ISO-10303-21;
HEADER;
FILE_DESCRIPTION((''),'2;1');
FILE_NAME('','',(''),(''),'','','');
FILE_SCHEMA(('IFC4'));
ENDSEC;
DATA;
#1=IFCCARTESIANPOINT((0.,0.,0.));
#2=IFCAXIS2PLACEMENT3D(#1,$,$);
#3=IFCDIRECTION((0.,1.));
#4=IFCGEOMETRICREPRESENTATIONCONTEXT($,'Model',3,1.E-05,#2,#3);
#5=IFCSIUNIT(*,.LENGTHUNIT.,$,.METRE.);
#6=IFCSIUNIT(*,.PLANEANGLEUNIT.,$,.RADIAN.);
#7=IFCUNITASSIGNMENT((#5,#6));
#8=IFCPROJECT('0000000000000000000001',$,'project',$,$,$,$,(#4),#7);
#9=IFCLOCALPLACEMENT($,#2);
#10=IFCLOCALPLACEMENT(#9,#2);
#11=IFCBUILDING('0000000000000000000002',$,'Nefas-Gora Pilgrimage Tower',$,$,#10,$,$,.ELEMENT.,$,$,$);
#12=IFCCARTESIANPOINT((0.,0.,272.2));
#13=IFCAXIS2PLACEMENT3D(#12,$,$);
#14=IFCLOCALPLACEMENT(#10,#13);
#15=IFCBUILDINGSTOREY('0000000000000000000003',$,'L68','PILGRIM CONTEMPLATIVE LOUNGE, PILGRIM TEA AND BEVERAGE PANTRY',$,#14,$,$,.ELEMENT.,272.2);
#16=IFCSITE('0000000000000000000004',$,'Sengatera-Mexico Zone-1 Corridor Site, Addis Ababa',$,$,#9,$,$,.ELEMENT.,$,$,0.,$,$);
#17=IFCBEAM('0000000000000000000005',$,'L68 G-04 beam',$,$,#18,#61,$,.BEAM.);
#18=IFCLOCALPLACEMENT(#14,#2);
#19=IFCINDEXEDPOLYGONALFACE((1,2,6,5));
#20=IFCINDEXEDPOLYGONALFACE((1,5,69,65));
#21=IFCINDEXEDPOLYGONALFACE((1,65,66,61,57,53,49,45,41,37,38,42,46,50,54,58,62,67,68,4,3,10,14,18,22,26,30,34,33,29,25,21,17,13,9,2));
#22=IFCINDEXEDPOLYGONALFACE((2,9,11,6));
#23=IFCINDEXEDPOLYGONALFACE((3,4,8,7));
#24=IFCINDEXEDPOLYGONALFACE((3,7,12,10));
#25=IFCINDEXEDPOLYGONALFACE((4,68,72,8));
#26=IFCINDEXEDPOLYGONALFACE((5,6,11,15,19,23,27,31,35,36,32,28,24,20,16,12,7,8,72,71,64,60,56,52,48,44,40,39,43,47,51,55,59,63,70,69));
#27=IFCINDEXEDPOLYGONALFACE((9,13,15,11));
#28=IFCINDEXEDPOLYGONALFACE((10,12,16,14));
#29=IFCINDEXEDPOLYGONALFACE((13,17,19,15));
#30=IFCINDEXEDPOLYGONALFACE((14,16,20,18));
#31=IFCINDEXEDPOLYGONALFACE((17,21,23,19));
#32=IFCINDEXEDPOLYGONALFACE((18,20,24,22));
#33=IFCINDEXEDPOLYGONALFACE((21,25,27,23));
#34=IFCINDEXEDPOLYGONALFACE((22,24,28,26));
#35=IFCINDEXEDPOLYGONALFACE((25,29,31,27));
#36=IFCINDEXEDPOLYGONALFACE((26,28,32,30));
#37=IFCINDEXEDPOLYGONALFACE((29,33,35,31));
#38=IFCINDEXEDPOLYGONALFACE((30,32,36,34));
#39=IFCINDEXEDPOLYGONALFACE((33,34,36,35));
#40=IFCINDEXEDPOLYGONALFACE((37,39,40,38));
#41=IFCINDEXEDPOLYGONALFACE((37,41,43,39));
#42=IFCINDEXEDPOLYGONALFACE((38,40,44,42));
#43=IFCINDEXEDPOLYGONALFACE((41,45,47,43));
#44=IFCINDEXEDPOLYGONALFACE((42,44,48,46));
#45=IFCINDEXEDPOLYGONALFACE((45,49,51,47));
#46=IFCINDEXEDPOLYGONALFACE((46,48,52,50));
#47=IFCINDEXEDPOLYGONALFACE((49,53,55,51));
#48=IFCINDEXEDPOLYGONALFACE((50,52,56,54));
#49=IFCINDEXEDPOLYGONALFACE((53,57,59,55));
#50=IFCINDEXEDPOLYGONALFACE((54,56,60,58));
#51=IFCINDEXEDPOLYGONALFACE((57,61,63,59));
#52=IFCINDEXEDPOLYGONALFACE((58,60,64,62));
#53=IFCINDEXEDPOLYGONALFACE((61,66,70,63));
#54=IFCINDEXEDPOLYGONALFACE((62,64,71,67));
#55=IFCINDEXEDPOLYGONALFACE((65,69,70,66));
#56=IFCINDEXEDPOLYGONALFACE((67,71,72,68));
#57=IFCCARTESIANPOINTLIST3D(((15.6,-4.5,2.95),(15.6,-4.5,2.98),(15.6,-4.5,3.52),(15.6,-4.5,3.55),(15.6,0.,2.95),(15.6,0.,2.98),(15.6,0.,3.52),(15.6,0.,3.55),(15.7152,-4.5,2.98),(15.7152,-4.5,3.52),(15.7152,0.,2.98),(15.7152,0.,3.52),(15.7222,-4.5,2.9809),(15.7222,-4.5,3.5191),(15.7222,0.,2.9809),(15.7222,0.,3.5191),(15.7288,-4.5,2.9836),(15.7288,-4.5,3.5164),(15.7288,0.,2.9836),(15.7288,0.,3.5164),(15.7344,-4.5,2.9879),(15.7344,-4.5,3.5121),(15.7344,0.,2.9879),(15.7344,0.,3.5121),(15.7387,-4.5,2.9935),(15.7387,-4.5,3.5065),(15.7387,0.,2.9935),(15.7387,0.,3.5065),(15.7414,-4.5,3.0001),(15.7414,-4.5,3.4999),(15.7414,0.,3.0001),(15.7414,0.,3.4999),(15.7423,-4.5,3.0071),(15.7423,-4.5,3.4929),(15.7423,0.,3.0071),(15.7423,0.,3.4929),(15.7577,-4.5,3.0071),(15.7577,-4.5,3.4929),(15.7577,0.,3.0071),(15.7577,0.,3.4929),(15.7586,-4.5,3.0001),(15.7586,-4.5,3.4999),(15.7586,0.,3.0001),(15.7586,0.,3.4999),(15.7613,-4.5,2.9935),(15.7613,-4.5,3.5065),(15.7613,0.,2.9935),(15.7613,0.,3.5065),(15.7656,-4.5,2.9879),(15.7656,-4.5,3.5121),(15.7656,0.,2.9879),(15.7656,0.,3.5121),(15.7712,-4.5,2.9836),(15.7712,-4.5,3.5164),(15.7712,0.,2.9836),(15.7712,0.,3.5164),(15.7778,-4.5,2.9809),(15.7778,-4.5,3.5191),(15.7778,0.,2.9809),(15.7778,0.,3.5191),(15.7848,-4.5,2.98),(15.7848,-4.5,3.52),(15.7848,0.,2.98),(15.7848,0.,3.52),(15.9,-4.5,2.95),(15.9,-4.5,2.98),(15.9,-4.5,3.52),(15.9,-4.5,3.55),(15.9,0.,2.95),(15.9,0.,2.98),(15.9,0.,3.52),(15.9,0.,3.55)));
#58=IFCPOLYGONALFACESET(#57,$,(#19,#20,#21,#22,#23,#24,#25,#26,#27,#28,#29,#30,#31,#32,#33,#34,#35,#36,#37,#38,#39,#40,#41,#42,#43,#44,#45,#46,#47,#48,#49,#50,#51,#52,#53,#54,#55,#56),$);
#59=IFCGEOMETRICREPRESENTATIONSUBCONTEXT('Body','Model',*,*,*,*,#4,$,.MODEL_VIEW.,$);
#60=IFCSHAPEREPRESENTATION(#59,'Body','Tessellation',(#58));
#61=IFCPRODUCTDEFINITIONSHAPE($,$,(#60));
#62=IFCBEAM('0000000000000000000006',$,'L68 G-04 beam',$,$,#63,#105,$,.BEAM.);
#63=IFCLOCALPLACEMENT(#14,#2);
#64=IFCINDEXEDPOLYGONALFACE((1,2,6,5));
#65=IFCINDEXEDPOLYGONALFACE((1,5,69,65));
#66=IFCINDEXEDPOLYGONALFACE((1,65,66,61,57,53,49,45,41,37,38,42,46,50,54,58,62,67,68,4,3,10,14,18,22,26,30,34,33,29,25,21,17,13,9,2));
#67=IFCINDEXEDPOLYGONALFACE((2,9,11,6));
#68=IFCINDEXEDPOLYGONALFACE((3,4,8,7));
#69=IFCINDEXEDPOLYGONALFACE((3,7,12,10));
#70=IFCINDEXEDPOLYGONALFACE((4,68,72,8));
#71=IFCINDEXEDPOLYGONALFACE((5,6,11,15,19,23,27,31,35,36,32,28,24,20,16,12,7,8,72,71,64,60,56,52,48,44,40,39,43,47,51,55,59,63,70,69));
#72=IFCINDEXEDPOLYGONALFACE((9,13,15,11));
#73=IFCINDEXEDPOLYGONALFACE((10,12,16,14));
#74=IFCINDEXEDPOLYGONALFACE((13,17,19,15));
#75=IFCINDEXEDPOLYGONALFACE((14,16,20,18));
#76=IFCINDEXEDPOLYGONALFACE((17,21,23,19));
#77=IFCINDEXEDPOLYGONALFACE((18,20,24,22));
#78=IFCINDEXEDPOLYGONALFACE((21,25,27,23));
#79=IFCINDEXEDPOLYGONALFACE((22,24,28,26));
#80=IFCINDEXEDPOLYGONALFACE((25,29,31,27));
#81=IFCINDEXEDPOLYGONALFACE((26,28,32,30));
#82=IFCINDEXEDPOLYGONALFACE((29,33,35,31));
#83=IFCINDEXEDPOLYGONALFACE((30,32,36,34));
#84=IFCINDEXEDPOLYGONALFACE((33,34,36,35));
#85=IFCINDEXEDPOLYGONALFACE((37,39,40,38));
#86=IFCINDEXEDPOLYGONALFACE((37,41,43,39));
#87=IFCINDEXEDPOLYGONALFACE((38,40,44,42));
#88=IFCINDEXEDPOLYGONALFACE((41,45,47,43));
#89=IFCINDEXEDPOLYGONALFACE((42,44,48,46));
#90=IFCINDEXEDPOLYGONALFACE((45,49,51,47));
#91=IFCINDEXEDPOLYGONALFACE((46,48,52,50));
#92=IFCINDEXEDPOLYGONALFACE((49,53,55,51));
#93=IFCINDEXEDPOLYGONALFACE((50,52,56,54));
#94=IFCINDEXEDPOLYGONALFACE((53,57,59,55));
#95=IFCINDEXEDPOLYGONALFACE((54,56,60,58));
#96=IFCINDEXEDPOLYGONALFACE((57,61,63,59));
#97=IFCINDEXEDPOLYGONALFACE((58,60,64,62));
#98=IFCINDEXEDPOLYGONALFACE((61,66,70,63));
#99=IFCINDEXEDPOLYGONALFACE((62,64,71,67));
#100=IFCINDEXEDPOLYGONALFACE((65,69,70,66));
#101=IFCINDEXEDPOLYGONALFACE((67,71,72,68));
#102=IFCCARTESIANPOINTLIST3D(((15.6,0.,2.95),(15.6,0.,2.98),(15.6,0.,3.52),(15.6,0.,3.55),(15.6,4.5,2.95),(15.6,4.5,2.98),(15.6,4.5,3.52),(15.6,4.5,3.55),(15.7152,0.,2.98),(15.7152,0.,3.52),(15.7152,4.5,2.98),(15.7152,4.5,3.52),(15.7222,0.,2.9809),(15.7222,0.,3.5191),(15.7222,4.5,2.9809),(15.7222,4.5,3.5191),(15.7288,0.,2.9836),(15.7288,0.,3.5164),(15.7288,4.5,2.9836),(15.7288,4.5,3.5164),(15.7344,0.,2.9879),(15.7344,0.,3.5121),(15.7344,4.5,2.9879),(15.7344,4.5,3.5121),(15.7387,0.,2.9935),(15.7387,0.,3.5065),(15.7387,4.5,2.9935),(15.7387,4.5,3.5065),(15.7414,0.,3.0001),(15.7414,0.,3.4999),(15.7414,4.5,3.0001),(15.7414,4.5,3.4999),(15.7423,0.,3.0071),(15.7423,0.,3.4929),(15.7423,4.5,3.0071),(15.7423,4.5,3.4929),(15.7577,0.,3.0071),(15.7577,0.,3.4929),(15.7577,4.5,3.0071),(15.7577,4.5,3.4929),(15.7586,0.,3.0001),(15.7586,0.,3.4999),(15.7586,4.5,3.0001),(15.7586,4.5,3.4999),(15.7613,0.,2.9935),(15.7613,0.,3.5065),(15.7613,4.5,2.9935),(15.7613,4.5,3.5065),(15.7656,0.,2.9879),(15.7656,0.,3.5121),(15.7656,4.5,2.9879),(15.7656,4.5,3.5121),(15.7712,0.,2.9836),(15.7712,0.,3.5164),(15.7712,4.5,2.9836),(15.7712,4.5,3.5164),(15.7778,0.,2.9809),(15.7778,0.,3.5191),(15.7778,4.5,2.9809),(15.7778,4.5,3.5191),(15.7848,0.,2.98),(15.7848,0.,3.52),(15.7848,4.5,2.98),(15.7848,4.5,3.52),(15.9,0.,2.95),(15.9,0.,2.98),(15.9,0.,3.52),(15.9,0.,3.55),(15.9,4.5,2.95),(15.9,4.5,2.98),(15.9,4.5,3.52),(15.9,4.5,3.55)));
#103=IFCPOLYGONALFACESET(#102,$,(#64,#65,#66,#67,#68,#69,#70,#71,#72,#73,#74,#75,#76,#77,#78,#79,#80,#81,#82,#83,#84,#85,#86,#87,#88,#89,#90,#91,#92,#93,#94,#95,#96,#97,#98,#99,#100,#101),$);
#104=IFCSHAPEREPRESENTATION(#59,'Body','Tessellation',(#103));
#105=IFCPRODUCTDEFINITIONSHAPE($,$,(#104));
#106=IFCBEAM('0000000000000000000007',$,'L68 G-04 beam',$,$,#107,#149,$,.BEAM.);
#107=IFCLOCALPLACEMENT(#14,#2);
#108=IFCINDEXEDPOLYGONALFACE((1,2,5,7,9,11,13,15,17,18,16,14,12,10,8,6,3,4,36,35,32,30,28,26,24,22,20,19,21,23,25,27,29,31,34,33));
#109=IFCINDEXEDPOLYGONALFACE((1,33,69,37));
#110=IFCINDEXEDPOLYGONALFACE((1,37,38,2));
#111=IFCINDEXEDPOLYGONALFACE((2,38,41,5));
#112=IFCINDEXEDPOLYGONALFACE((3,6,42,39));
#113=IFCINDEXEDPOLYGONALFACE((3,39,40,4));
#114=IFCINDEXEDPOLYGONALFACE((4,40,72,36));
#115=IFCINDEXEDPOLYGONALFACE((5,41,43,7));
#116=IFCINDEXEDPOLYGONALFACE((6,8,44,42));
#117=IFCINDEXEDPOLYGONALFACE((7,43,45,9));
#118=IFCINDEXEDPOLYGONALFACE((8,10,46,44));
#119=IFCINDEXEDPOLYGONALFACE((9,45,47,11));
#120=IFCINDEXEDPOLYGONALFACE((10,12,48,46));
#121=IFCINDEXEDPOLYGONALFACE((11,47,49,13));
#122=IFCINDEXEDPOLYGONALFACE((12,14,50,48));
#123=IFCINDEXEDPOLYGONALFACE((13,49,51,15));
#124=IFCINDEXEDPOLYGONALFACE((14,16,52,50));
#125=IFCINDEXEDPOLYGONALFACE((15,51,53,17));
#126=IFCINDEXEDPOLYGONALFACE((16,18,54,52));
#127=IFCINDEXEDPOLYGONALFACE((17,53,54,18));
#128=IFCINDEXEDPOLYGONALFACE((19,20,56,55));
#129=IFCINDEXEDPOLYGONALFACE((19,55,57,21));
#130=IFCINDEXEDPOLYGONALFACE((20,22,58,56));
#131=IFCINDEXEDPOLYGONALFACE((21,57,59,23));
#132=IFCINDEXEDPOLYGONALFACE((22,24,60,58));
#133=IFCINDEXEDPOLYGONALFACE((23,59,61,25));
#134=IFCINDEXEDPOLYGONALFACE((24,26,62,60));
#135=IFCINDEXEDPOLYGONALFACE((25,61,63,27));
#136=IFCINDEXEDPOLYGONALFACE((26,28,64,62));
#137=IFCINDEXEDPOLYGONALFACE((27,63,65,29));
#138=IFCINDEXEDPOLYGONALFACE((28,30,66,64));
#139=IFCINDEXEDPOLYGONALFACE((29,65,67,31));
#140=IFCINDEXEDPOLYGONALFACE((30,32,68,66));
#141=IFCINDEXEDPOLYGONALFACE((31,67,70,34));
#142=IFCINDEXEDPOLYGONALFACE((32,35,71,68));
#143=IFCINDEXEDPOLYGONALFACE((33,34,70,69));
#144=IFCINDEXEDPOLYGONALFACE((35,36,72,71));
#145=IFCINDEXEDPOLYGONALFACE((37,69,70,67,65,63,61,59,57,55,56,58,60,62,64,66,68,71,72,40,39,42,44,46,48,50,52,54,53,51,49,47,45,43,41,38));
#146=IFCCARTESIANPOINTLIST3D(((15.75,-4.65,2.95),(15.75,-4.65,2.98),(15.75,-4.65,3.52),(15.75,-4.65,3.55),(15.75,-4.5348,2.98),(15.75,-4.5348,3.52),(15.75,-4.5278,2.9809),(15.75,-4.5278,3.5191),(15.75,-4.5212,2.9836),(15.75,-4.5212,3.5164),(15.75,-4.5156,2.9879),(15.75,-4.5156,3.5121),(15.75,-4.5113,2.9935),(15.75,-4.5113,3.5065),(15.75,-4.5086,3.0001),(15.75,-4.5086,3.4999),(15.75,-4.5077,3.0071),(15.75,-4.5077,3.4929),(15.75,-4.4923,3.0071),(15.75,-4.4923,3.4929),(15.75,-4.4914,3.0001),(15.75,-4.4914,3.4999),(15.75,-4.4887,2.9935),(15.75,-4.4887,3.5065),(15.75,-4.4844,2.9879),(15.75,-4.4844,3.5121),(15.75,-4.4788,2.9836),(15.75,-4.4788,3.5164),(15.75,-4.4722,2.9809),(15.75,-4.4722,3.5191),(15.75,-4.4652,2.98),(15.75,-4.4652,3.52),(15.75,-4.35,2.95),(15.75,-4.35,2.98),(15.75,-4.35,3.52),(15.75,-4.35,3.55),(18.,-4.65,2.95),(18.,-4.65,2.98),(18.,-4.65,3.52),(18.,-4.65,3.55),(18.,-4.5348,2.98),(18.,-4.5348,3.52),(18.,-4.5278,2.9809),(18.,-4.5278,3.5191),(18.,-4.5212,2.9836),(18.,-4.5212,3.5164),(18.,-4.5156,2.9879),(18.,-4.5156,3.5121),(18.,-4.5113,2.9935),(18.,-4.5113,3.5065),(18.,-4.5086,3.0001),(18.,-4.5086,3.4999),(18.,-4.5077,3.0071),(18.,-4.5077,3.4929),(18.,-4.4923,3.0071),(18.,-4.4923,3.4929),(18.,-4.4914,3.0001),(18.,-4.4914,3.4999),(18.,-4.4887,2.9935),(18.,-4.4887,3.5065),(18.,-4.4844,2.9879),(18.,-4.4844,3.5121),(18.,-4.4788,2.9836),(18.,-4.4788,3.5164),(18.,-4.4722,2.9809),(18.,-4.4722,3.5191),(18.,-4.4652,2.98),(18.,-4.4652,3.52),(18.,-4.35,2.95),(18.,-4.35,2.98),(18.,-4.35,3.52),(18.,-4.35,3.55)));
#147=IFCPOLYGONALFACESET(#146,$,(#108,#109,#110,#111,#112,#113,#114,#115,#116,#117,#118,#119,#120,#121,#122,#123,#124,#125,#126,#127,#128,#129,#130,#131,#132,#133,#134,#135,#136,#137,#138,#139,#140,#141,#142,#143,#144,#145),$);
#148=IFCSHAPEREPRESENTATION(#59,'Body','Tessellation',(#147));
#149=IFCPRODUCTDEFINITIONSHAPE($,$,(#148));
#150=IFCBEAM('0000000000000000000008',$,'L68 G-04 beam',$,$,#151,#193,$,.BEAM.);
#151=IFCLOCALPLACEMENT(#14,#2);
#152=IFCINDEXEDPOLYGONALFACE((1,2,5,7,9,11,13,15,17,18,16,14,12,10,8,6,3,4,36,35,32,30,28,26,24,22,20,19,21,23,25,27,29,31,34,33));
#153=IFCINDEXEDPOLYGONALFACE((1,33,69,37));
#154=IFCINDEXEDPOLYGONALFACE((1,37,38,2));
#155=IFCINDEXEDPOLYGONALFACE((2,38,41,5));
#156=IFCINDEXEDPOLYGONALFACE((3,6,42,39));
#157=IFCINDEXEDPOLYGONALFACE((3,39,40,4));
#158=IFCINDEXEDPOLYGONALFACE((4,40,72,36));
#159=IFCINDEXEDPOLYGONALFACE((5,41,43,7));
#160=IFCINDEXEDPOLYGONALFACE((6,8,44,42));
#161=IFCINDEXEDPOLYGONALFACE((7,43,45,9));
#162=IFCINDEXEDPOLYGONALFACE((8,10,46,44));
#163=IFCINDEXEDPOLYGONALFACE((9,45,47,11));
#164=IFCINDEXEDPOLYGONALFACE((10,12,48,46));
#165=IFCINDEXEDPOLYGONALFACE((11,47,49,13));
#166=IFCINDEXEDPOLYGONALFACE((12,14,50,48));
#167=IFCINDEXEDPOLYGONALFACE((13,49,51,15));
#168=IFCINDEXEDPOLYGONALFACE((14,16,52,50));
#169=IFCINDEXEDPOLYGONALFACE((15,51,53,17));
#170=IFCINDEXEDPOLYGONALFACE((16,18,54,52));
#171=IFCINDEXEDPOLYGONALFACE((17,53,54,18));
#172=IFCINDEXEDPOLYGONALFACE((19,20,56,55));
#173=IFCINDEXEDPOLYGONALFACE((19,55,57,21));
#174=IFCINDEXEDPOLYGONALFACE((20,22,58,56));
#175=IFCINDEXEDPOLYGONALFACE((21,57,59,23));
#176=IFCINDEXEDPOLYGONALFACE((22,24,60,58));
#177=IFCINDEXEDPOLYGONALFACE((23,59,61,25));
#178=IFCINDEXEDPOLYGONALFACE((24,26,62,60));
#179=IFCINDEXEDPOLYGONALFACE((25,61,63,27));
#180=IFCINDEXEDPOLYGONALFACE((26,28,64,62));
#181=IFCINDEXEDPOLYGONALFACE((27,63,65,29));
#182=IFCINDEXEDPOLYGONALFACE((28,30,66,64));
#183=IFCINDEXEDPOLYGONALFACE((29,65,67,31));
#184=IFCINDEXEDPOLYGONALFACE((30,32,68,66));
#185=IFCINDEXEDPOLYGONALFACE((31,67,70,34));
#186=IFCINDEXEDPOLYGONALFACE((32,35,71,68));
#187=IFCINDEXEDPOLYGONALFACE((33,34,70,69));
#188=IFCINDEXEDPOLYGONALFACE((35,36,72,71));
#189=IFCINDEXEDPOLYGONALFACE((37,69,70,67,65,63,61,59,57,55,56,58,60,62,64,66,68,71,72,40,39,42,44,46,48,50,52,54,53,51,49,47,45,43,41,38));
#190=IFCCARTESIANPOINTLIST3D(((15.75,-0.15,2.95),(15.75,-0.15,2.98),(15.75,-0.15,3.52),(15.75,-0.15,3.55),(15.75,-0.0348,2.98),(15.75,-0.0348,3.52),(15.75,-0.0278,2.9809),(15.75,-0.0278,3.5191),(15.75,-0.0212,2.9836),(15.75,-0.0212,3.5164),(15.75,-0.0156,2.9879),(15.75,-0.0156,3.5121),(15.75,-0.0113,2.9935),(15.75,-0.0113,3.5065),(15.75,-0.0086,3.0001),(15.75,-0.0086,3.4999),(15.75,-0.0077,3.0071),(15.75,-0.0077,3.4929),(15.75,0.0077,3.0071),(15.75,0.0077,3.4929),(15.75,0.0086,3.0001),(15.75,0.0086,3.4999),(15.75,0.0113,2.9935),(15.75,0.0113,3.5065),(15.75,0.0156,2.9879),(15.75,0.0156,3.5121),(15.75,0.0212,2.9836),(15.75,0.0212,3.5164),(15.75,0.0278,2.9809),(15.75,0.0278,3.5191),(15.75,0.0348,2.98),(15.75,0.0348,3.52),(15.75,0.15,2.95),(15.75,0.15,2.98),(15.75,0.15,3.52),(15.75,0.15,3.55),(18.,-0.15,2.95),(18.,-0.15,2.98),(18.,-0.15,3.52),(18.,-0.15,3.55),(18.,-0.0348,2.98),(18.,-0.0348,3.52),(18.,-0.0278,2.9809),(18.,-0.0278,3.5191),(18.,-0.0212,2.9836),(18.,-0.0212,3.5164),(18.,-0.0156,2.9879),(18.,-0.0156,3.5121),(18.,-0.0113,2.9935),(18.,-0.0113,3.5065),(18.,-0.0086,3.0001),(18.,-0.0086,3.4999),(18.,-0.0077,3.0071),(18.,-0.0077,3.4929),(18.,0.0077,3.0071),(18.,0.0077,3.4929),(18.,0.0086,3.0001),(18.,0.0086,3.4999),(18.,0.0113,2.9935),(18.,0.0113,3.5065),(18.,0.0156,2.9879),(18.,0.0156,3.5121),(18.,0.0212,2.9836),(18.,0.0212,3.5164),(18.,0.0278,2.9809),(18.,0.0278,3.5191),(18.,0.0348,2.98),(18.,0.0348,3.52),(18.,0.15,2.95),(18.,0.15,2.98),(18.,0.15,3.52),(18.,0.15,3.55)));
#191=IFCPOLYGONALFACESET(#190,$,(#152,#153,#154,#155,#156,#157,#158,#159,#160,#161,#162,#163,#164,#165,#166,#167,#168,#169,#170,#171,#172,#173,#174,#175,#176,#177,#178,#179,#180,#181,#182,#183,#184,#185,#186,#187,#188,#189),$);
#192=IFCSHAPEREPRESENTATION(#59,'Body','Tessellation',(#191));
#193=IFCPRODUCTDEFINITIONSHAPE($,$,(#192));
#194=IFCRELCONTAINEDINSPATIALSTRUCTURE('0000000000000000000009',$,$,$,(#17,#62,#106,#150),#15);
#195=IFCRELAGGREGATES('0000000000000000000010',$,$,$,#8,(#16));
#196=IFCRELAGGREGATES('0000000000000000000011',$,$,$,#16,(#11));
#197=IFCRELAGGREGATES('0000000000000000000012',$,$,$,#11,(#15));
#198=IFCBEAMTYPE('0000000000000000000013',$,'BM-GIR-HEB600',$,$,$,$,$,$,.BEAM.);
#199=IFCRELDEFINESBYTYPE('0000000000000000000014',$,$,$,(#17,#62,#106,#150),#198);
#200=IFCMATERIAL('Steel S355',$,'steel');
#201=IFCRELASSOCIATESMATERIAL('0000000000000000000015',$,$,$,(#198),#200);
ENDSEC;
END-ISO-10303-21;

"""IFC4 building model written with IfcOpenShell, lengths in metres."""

from ifc_helpers import new_model, si_unit, direction, frame, origin, origin_2d, place, context, subcontext, project, spatial, i_section, extrude, source, transform, mapped, material, material_profile, profile_set, type_object, element, save


model = new_model("IFC4")

# Units and contexts
model_context = context("Model", 3, precision=1e-05, world=origin(), true_north=direction((0.0, 1.0)))
body_context = subcontext(model_context, "Body", "Model", "MODEL_VIEW")
ifc_project = project(units=[si_unit("LENGTHUNIT", "METRE"), si_unit("PLANEANGLEUNIT", "RADIAN")], contexts=[model_context])

# Site, building, storey
site_placement = place(None, origin())
site = spatial("IfcSite", under=ifc_project, at=site_placement, Name="Sengatera-Mexico Zone-1 Corridor Site, Addis Ababa", CompositionType="ELEMENT", RefElevation=0.0)
building_placement = place(site_placement, origin())
building = spatial("IfcBuilding", under=site, at=building_placement, Name="Nefas-Gora Pilgrimage Tower", CompositionType="ELEMENT")
storey_placement = place(building_placement, frame((0.0, 0.0, 272.2)))
storey = spatial("IfcBuildingStorey", under=building, at=storey_placement, Name="L68", Description="PILGRIM CONTEMPLATIVE LOUNGE, PILGRIM TEA AND BEVERAGE PANTRY", CompositionType="ELEMENT", Elevation=272.2)

# Shared definitions
ifc_material_1 = material(Name="Steel S355", Category="steel")

# Beams
ifc_material_profile_1 = material_profile(ifc_material_1, i_section(OverallWidth=0.3, OverallDepth=0.6001, WebThickness=0.0154, FlangeThickness=0.03, FilletRadius=0.0271, at=origin_2d()), Name="HEB 600")
ifc_profile_set_1 = profile_set([ifc_material_profile_1], Name="Steel S355")
beam_type_1 = type_object("IfcBeamType", Name="BM-GIR-HEB600", PredefinedType="BEAM", material=ifc_profile_set_1)
shared_shape_1 = source(origin(), body_context, "Body", "SweptSolid", [
    extrude(i_section(OverallWidth=0.3, OverallDepth=0.6001, WebThickness=0.0154, FlangeThickness=0.03, FilletRadius=0.0271, at=origin_2d()), origin(), (0.0, 0.0, 1.0), 4.5),
])
for number, where, z_axis, x_axis, name in (
    (1, (15.75, -4.5, 3.25), (0.0, 1.0, 0.0), (-1.0, 0.0, 0.0), "L68 G-04 beam"),
    (2, (15.75, 0.0, 3.25), (0.0, 1.0, 0.0), (-1.0, 0.0, 0.0), "L68 G-04 beam"),
):
    element("IfcBeam", number, at=place(storey_placement, frame(where, z_axis=z_axis, x_axis=x_axis)), inside=storey, type_object=beam_type_1, Name=name, PredefinedType="BEAM", context=body_context, shape_type="MappedRepresentation", body=[
        mapped(shared_shape_1, transform((0.0, 0.0, 0.0), x_axis=(1.0, 0.0, 0.0), y_axis=(0.0, 1.0, 0.0), z_axis=(0.0, 0.0, 1.0), scale=1.0)),
    ])
shared_shape_2 = source(origin(), body_context, "Body", "SweptSolid", [
    extrude(i_section(OverallWidth=0.3, OverallDepth=0.6001, WebThickness=0.0154, FlangeThickness=0.03, FilletRadius=0.0271, at=origin_2d()), origin(), (0.0, 0.0, 1.0), 2.25),
])
for number, where, z_axis, x_axis, name in (
    (3, (15.75, -4.5, 3.25), (1.0, 0.0, 0.0), (0.0, 1.0, 0.0), "L68 G-04 beam"),
    (4, (15.75, 0.0, 3.25), (1.0, 0.0, 0.0), (0.0, 1.0, 0.0), "L68 G-04 beam"),
):
    element("IfcBeam", number, at=place(storey_placement, frame(where, z_axis=z_axis, x_axis=x_axis)), inside=storey, type_object=beam_type_1, Name=name, PredefinedType="BEAM", context=body_context, shape_type="MappedRepresentation", body=[
        mapped(shared_shape_2, transform((0.0, 0.0, 0.0), x_axis=(1.0, 0.0, 0.0), y_axis=(0.0, 1.0, 0.0), z_axis=(0.0, 0.0, 1.0), scale=1.0)),
    ])

save(model, "model.ifc")
